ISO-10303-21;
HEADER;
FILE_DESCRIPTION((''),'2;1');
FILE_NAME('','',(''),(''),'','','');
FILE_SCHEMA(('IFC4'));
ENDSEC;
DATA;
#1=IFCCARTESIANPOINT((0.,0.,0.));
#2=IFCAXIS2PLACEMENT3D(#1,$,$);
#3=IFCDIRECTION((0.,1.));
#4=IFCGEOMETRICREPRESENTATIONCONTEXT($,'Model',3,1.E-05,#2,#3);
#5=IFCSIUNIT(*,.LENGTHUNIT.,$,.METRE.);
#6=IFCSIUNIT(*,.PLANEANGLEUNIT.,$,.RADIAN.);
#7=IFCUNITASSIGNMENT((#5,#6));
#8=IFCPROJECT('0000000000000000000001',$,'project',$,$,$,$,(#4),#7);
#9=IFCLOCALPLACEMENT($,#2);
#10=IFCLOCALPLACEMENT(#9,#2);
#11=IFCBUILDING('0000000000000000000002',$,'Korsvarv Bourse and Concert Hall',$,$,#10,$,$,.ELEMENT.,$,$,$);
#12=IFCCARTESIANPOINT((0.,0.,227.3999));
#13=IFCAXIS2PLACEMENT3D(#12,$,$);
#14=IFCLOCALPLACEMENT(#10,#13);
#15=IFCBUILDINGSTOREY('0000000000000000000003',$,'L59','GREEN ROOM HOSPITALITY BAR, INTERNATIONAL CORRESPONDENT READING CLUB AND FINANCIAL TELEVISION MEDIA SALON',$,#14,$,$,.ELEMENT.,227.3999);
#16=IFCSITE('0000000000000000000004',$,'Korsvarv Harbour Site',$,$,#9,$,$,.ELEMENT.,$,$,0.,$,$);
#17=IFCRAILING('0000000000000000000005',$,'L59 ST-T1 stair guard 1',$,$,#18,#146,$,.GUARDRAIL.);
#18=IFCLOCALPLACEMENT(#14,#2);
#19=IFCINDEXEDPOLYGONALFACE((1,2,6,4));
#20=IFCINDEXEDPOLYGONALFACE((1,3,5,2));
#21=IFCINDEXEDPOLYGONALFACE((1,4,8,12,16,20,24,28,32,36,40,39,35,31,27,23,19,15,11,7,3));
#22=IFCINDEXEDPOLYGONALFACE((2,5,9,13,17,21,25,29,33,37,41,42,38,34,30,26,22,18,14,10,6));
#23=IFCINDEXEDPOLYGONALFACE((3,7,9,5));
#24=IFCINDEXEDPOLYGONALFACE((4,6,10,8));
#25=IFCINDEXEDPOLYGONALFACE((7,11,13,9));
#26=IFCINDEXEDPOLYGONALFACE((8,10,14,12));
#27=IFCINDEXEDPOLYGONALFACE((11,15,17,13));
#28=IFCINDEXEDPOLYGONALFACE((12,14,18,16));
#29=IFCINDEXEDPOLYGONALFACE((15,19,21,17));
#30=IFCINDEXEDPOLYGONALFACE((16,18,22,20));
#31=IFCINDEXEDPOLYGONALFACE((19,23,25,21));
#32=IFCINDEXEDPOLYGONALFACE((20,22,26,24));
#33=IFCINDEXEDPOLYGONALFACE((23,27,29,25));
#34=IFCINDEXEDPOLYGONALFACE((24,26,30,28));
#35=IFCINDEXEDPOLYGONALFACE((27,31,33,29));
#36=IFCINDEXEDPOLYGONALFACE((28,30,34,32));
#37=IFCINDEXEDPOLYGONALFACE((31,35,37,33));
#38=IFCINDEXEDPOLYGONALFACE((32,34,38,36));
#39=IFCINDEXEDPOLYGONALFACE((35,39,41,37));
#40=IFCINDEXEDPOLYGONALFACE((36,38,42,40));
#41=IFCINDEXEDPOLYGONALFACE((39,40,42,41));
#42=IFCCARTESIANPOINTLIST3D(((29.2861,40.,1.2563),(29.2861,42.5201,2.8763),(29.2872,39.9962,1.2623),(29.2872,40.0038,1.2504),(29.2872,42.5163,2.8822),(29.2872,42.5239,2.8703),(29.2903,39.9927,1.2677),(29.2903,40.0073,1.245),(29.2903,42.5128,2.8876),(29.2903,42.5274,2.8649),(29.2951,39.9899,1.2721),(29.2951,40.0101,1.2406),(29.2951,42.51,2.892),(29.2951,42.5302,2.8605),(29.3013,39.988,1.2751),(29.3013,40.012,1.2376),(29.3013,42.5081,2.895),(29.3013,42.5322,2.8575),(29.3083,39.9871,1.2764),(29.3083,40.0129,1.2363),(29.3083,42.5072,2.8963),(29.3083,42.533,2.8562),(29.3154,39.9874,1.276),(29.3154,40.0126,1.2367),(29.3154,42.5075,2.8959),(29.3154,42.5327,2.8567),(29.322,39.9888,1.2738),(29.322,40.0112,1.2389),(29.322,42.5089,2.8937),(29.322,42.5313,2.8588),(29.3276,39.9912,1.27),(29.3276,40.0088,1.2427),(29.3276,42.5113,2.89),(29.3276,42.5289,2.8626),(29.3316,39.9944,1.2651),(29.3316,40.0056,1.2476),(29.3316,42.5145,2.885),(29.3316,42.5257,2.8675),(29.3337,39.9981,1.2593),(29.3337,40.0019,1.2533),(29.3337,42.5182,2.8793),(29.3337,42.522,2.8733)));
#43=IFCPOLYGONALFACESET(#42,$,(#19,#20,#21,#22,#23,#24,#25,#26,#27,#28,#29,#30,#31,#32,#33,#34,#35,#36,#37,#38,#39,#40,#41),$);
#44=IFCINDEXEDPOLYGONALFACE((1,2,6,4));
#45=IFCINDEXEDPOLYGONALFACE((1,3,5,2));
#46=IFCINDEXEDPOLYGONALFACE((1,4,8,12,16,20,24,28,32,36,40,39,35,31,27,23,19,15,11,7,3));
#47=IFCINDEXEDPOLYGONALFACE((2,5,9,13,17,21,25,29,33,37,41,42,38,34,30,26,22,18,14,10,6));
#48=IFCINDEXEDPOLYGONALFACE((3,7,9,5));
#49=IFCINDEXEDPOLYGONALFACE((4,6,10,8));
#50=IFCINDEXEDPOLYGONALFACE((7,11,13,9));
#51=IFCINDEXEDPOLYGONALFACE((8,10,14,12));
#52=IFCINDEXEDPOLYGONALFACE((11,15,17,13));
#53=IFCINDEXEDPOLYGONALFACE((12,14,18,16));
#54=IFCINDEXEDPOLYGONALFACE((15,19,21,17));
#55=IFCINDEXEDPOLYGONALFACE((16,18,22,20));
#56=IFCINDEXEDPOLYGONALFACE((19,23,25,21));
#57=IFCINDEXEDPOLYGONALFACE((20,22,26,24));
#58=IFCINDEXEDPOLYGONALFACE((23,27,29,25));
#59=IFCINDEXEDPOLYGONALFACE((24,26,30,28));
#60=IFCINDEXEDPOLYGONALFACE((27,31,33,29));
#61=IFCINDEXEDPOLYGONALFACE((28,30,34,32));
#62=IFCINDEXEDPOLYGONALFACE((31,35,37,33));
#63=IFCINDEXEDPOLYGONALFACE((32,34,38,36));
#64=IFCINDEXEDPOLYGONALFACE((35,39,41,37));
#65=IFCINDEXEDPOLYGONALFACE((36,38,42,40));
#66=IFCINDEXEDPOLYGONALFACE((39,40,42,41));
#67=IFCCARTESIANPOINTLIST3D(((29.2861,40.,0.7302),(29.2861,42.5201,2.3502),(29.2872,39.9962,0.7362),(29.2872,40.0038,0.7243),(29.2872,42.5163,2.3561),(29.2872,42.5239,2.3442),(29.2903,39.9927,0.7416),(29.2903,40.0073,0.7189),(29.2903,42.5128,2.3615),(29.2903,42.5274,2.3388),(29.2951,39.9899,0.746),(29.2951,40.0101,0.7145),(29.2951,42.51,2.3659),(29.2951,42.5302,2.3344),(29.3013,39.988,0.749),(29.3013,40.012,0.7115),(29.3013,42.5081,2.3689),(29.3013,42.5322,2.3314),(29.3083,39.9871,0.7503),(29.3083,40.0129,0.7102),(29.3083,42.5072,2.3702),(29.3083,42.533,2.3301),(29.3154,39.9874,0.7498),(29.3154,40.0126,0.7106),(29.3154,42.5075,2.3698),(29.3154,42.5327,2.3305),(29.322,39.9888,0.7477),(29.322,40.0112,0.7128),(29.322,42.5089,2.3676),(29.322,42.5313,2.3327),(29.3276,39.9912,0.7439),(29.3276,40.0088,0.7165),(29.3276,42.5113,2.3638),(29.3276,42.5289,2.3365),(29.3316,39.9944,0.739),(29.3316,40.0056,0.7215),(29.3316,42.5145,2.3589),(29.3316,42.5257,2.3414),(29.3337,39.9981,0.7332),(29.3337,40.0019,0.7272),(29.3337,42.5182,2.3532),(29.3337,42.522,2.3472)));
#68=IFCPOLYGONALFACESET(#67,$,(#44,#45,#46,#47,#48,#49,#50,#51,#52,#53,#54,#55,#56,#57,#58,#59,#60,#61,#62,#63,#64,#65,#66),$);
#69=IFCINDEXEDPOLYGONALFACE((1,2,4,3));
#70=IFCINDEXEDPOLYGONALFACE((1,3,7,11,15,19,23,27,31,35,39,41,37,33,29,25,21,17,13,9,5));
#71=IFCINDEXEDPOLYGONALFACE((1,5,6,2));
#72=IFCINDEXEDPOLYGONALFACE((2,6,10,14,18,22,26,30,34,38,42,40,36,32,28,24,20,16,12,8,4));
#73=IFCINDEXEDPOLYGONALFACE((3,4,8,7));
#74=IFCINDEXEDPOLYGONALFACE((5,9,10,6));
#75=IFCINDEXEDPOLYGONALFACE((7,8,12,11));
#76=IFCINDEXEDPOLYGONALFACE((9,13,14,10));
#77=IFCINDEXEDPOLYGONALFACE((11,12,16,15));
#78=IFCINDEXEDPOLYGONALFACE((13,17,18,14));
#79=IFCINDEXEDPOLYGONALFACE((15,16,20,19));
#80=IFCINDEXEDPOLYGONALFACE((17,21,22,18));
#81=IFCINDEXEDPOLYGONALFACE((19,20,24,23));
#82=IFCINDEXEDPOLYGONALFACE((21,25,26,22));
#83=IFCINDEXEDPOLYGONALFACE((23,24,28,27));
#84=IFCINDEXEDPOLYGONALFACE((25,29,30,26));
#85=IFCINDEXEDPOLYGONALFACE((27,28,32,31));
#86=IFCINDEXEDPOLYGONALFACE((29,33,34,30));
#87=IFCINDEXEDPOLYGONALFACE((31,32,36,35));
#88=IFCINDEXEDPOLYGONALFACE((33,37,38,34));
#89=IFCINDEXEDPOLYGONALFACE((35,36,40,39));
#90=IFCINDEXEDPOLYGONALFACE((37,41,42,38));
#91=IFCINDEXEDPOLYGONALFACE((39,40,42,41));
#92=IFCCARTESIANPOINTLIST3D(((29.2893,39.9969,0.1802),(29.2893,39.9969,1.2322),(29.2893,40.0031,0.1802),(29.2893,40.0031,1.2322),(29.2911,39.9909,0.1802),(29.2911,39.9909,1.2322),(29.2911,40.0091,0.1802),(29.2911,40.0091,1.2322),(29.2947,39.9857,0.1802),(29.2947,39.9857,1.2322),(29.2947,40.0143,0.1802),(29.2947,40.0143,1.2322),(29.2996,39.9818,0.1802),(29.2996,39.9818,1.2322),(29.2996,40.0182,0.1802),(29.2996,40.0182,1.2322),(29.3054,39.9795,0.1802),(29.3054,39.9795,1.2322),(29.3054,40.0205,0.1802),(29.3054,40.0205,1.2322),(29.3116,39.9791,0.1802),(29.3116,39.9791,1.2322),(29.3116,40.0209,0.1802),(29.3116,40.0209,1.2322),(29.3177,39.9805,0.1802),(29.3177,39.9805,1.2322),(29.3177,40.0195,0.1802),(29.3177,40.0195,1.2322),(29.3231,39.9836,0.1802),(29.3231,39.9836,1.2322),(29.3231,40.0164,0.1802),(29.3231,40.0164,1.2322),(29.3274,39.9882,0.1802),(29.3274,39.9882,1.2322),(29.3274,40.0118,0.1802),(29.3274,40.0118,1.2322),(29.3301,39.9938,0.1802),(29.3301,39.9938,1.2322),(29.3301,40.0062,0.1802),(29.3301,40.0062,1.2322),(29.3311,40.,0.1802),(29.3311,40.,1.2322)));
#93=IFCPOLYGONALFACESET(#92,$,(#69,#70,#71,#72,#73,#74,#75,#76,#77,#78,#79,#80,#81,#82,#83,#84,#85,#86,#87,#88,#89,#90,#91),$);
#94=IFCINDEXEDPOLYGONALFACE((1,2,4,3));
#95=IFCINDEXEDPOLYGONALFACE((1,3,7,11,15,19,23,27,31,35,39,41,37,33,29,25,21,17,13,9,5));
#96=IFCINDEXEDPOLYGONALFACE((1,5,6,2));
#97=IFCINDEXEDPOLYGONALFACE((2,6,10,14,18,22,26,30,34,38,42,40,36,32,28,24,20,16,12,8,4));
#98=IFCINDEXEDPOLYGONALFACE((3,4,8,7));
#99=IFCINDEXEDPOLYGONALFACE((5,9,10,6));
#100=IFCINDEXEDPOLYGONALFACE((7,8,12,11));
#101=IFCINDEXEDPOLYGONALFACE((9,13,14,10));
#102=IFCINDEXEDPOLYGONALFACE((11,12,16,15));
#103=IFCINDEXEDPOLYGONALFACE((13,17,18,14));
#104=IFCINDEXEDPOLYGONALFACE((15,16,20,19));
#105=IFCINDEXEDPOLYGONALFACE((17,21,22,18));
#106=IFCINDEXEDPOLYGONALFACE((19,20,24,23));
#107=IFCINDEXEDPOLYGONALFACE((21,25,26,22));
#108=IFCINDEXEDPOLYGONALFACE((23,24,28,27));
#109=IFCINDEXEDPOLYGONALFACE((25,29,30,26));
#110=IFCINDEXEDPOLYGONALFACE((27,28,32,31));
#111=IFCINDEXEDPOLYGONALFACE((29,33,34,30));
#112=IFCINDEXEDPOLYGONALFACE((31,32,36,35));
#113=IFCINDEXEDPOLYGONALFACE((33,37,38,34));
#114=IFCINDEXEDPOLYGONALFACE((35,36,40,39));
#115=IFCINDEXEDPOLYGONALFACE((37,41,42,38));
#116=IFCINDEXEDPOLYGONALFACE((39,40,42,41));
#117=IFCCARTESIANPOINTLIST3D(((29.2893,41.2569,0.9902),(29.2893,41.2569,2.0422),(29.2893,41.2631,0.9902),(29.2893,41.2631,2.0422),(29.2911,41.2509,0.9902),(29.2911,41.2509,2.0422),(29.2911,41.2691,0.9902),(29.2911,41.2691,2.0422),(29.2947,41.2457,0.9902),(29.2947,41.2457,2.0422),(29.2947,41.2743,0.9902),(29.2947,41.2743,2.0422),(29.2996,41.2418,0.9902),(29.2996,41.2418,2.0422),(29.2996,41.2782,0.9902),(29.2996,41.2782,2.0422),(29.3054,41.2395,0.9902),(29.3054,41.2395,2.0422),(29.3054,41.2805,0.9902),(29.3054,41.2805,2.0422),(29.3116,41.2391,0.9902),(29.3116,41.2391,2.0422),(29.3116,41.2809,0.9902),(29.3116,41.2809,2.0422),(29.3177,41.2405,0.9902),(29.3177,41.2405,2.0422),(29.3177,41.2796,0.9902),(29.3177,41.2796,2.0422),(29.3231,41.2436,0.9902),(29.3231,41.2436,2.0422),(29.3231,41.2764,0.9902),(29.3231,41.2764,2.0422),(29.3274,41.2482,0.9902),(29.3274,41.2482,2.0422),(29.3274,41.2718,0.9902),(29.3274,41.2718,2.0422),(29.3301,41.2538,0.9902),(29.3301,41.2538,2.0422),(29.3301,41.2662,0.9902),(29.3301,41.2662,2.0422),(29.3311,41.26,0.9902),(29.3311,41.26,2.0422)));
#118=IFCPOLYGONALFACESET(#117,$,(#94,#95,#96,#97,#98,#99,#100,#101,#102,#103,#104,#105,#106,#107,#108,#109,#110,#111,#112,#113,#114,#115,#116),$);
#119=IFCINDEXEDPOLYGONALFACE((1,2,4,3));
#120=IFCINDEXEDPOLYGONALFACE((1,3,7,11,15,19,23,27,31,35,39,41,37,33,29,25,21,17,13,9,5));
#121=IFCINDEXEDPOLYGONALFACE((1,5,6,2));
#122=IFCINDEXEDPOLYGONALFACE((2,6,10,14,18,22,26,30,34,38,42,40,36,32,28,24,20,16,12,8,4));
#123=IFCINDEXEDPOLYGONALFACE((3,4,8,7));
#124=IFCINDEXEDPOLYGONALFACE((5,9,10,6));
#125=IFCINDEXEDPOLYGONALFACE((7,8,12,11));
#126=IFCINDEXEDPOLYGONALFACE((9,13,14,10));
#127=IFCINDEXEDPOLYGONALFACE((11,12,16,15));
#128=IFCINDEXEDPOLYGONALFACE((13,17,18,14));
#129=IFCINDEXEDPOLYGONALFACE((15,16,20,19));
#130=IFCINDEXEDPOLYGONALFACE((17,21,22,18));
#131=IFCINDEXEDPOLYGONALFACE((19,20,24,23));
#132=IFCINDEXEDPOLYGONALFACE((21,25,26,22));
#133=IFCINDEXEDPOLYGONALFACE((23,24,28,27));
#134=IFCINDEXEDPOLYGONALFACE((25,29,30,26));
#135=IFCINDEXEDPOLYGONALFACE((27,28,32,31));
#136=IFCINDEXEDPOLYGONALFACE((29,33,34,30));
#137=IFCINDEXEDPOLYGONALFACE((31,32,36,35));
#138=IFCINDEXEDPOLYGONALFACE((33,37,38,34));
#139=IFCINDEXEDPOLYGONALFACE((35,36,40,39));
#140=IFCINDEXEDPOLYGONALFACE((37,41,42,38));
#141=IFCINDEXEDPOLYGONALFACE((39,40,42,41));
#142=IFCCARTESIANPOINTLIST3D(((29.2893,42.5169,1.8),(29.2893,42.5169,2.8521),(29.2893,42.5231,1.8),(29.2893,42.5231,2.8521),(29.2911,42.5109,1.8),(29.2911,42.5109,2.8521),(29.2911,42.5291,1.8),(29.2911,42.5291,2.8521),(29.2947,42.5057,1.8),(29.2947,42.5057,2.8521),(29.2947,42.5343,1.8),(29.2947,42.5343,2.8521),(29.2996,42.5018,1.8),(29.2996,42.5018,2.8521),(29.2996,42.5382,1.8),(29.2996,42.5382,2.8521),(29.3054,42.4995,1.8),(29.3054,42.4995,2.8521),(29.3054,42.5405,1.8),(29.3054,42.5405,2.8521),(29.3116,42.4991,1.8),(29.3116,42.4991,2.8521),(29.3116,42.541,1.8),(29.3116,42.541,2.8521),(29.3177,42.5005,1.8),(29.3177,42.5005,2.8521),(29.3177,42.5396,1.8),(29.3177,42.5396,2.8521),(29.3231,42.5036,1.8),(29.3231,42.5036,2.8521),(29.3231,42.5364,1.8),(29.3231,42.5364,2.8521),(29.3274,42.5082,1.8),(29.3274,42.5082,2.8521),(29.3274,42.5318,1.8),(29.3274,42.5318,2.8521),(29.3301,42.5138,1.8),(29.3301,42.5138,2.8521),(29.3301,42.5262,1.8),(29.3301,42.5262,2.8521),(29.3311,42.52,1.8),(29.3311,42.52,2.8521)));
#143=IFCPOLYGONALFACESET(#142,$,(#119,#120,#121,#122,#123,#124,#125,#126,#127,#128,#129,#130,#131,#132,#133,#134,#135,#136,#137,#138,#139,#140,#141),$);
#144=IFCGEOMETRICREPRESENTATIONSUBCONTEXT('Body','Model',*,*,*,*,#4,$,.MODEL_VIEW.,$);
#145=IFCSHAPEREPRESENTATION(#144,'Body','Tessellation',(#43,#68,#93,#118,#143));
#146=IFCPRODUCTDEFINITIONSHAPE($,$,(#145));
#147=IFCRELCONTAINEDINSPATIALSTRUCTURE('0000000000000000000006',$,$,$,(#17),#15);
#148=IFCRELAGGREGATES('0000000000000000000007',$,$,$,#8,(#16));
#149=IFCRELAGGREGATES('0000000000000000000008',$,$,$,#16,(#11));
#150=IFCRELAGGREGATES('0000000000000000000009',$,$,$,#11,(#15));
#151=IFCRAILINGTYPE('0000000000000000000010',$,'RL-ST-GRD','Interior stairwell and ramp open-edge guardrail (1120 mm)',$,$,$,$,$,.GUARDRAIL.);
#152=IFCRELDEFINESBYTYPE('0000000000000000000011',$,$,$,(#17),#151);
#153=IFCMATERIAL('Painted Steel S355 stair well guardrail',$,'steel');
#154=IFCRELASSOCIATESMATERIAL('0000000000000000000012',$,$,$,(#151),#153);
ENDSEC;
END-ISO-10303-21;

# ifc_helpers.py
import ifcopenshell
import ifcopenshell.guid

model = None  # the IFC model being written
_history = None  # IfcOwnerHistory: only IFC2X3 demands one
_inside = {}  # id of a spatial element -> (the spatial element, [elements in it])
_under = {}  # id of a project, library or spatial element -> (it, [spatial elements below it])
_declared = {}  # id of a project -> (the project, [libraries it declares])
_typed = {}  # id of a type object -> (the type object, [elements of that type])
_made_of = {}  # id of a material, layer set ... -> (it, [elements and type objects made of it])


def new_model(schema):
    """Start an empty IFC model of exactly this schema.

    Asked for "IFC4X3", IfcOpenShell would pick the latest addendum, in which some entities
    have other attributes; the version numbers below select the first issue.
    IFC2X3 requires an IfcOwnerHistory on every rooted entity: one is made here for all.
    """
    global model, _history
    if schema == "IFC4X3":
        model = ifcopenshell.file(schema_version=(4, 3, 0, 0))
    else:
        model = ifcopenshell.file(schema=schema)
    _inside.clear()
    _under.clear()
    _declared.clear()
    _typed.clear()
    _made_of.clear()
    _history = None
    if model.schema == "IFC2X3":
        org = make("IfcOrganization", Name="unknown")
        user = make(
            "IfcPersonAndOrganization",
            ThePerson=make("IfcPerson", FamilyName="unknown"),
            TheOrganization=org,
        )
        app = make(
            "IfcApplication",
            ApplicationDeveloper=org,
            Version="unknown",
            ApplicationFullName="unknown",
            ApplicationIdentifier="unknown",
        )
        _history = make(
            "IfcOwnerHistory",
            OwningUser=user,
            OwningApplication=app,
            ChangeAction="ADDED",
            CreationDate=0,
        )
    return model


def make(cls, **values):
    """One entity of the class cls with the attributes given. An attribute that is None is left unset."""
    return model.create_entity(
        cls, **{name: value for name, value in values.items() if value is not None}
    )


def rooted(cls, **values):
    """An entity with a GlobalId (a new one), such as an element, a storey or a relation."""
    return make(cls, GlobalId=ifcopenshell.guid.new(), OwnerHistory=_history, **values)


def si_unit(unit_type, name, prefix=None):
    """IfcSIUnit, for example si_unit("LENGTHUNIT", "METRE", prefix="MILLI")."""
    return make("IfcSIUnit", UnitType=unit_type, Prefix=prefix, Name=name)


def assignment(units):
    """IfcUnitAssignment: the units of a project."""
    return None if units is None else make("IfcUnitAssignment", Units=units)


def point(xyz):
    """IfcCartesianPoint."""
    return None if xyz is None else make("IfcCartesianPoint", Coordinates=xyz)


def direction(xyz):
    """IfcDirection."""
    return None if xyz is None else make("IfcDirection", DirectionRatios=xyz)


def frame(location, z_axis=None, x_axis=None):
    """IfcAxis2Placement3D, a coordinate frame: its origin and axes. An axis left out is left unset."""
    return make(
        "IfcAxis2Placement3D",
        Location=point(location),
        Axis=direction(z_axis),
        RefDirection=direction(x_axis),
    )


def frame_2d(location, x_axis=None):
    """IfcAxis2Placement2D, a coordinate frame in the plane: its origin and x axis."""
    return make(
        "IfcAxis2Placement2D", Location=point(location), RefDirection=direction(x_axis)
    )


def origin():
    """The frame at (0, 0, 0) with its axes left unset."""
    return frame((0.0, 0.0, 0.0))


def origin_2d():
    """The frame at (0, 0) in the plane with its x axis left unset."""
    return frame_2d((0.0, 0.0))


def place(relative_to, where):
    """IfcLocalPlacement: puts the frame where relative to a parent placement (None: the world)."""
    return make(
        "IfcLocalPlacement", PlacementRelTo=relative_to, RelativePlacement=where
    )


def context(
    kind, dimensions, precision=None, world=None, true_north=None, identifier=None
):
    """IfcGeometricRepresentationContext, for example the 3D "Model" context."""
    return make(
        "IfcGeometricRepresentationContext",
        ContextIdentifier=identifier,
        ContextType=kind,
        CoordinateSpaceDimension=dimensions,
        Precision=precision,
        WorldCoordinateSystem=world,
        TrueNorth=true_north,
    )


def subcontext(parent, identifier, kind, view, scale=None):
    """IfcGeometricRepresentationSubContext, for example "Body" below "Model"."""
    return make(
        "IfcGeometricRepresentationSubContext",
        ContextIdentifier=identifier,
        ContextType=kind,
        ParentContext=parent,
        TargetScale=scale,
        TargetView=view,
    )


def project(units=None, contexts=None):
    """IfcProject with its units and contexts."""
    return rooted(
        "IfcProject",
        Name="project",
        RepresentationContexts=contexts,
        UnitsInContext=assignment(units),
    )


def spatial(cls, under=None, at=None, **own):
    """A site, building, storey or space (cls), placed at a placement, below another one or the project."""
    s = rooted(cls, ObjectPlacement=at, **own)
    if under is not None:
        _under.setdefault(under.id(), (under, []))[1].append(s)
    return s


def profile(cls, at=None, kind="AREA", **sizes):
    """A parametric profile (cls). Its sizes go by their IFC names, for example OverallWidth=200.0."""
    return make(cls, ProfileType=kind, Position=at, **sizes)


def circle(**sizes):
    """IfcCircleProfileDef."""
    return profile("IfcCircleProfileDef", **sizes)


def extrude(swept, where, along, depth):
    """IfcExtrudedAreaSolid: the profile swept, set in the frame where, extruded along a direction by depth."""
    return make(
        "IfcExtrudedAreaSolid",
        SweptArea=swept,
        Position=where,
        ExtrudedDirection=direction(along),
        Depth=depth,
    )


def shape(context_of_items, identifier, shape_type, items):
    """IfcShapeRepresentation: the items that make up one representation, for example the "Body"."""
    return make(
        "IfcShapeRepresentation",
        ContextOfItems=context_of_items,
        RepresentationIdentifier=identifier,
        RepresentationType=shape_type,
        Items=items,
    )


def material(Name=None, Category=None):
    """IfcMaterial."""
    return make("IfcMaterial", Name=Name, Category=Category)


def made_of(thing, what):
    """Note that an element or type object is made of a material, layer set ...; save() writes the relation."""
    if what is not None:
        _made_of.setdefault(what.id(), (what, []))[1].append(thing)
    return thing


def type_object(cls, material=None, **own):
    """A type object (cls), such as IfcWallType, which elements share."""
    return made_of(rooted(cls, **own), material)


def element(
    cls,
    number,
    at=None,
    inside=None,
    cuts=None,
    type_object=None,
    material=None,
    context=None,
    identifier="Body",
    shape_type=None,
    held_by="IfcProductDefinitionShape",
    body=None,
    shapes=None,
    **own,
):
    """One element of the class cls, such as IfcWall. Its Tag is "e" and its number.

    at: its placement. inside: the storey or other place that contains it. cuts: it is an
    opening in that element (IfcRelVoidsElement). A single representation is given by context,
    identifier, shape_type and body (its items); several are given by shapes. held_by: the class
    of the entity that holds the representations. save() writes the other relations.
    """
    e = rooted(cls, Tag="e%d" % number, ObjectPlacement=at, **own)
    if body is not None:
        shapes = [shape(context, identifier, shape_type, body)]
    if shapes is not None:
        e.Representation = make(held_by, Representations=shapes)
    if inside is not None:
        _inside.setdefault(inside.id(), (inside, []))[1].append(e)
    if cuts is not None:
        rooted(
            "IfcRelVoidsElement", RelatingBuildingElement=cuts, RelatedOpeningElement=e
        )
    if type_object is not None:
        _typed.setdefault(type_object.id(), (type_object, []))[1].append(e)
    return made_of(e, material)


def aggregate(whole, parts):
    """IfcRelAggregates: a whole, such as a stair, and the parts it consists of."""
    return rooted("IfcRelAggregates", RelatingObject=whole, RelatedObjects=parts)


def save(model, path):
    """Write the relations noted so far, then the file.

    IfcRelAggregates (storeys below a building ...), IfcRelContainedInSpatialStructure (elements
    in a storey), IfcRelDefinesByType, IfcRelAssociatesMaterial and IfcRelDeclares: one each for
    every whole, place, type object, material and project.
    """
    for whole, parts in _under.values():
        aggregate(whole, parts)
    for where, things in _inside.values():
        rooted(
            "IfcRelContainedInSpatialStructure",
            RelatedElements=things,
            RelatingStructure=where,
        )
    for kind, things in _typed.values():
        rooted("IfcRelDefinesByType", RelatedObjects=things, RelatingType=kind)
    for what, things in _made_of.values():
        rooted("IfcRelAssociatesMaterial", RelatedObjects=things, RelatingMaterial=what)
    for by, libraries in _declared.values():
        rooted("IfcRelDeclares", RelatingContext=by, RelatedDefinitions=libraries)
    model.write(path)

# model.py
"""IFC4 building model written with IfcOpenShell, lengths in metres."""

from ifc_helpers import new_model, si_unit, direction, frame, origin, origin_2d, place, context, subcontext, project, spatial, circle, extrude, material, type_object, element, save


model = new_model("IFC4")

# Units and contexts
model_context = context("Model", 3, precision=1e-05, world=origin(), true_north=direction((0.0, 1.0)))
body_context = subcontext(model_context, "Body", "Model", "MODEL_VIEW")
ifc_project = project(units=[si_unit("LENGTHUNIT", "METRE"), si_unit("PLANEANGLEUNIT", "RADIAN")], contexts=[model_context])

# Site, building, storey
site_placement = place(None, origin())
site = spatial("IfcSite", under=ifc_project, at=site_placement, Name="Korsvarv Harbour Site", CompositionType="ELEMENT", RefElevation=0.0)
building_placement = place(site_placement, origin())
building = spatial("IfcBuilding", under=site, at=building_placement, Name="Korsvarv Bourse and Concert Hall", CompositionType="ELEMENT")
storey_placement = place(building_placement, frame((0.0, 0.0, 227.3999)))
storey = spatial("IfcBuildingStorey", under=building, at=storey_placement, Name="L59", Description="GREEN ROOM HOSPITALITY BAR, INTERNATIONAL CORRESPONDENT READING CLUB AND FINANCIAL TELEVISION MEDIA SALON", CompositionType="ELEMENT", Elevation=227.3999)

# Railing
ifc_material_1 = material(Name="Painted Steel S355 stair well guardrail", Category="steel")
railing_type_1 = type_object("IfcRailingType", Name="RL-ST-GRD", Description="Interior stairwell and ramp open-edge guardrail (1120 mm)", PredefinedType="GUARDRAIL", material=ifc_material_1)
railing_1_placement = place(storey_placement, frame((29.3101, 40.0, 0.1802)))
element("IfcRailing", 1, at=railing_1_placement, inside=storey, type_object=railing_type_1, Name="L59 ST-T1 stair guard 1", PredefinedType="GUARDRAIL", context=body_context, shape_type="SweptSolid", body=[
    extrude(circle(Radius=0.0239, at=origin_2d()), frame((0.0, 0.0, 1.0762), z_axis=(0.0, 0.8412, 0.540725), x_axis=(-1.0, 0.0, 0.0)), (0.0, 0.0, 1.0), 2.9958),
    extrude(circle(Radius=0.0239, at=origin_2d()), frame((0.0, 0.0, 0.55), z_axis=(0.0, 0.8412, 0.540725), x_axis=(-1.0, 0.0, 0.0)), (0.0, 0.0, 1.0), 2.9958),
    extrude(circle(Radius=0.021, at=origin_2d()), origin(), (0.0, 0.0, 1.0), 1.052),
    extrude(circle(Radius=0.021, at=origin_2d()), frame((0.0, 1.26, 0.8101)), (0.0, 0.0, 1.0), 1.052),
    extrude(circle(Radius=0.021, at=origin_2d()), frame((0.0, 2.52, 1.6199)), (0.0, 0.0, 1.0), 1.052),
])

save(model, "model.ifc")
